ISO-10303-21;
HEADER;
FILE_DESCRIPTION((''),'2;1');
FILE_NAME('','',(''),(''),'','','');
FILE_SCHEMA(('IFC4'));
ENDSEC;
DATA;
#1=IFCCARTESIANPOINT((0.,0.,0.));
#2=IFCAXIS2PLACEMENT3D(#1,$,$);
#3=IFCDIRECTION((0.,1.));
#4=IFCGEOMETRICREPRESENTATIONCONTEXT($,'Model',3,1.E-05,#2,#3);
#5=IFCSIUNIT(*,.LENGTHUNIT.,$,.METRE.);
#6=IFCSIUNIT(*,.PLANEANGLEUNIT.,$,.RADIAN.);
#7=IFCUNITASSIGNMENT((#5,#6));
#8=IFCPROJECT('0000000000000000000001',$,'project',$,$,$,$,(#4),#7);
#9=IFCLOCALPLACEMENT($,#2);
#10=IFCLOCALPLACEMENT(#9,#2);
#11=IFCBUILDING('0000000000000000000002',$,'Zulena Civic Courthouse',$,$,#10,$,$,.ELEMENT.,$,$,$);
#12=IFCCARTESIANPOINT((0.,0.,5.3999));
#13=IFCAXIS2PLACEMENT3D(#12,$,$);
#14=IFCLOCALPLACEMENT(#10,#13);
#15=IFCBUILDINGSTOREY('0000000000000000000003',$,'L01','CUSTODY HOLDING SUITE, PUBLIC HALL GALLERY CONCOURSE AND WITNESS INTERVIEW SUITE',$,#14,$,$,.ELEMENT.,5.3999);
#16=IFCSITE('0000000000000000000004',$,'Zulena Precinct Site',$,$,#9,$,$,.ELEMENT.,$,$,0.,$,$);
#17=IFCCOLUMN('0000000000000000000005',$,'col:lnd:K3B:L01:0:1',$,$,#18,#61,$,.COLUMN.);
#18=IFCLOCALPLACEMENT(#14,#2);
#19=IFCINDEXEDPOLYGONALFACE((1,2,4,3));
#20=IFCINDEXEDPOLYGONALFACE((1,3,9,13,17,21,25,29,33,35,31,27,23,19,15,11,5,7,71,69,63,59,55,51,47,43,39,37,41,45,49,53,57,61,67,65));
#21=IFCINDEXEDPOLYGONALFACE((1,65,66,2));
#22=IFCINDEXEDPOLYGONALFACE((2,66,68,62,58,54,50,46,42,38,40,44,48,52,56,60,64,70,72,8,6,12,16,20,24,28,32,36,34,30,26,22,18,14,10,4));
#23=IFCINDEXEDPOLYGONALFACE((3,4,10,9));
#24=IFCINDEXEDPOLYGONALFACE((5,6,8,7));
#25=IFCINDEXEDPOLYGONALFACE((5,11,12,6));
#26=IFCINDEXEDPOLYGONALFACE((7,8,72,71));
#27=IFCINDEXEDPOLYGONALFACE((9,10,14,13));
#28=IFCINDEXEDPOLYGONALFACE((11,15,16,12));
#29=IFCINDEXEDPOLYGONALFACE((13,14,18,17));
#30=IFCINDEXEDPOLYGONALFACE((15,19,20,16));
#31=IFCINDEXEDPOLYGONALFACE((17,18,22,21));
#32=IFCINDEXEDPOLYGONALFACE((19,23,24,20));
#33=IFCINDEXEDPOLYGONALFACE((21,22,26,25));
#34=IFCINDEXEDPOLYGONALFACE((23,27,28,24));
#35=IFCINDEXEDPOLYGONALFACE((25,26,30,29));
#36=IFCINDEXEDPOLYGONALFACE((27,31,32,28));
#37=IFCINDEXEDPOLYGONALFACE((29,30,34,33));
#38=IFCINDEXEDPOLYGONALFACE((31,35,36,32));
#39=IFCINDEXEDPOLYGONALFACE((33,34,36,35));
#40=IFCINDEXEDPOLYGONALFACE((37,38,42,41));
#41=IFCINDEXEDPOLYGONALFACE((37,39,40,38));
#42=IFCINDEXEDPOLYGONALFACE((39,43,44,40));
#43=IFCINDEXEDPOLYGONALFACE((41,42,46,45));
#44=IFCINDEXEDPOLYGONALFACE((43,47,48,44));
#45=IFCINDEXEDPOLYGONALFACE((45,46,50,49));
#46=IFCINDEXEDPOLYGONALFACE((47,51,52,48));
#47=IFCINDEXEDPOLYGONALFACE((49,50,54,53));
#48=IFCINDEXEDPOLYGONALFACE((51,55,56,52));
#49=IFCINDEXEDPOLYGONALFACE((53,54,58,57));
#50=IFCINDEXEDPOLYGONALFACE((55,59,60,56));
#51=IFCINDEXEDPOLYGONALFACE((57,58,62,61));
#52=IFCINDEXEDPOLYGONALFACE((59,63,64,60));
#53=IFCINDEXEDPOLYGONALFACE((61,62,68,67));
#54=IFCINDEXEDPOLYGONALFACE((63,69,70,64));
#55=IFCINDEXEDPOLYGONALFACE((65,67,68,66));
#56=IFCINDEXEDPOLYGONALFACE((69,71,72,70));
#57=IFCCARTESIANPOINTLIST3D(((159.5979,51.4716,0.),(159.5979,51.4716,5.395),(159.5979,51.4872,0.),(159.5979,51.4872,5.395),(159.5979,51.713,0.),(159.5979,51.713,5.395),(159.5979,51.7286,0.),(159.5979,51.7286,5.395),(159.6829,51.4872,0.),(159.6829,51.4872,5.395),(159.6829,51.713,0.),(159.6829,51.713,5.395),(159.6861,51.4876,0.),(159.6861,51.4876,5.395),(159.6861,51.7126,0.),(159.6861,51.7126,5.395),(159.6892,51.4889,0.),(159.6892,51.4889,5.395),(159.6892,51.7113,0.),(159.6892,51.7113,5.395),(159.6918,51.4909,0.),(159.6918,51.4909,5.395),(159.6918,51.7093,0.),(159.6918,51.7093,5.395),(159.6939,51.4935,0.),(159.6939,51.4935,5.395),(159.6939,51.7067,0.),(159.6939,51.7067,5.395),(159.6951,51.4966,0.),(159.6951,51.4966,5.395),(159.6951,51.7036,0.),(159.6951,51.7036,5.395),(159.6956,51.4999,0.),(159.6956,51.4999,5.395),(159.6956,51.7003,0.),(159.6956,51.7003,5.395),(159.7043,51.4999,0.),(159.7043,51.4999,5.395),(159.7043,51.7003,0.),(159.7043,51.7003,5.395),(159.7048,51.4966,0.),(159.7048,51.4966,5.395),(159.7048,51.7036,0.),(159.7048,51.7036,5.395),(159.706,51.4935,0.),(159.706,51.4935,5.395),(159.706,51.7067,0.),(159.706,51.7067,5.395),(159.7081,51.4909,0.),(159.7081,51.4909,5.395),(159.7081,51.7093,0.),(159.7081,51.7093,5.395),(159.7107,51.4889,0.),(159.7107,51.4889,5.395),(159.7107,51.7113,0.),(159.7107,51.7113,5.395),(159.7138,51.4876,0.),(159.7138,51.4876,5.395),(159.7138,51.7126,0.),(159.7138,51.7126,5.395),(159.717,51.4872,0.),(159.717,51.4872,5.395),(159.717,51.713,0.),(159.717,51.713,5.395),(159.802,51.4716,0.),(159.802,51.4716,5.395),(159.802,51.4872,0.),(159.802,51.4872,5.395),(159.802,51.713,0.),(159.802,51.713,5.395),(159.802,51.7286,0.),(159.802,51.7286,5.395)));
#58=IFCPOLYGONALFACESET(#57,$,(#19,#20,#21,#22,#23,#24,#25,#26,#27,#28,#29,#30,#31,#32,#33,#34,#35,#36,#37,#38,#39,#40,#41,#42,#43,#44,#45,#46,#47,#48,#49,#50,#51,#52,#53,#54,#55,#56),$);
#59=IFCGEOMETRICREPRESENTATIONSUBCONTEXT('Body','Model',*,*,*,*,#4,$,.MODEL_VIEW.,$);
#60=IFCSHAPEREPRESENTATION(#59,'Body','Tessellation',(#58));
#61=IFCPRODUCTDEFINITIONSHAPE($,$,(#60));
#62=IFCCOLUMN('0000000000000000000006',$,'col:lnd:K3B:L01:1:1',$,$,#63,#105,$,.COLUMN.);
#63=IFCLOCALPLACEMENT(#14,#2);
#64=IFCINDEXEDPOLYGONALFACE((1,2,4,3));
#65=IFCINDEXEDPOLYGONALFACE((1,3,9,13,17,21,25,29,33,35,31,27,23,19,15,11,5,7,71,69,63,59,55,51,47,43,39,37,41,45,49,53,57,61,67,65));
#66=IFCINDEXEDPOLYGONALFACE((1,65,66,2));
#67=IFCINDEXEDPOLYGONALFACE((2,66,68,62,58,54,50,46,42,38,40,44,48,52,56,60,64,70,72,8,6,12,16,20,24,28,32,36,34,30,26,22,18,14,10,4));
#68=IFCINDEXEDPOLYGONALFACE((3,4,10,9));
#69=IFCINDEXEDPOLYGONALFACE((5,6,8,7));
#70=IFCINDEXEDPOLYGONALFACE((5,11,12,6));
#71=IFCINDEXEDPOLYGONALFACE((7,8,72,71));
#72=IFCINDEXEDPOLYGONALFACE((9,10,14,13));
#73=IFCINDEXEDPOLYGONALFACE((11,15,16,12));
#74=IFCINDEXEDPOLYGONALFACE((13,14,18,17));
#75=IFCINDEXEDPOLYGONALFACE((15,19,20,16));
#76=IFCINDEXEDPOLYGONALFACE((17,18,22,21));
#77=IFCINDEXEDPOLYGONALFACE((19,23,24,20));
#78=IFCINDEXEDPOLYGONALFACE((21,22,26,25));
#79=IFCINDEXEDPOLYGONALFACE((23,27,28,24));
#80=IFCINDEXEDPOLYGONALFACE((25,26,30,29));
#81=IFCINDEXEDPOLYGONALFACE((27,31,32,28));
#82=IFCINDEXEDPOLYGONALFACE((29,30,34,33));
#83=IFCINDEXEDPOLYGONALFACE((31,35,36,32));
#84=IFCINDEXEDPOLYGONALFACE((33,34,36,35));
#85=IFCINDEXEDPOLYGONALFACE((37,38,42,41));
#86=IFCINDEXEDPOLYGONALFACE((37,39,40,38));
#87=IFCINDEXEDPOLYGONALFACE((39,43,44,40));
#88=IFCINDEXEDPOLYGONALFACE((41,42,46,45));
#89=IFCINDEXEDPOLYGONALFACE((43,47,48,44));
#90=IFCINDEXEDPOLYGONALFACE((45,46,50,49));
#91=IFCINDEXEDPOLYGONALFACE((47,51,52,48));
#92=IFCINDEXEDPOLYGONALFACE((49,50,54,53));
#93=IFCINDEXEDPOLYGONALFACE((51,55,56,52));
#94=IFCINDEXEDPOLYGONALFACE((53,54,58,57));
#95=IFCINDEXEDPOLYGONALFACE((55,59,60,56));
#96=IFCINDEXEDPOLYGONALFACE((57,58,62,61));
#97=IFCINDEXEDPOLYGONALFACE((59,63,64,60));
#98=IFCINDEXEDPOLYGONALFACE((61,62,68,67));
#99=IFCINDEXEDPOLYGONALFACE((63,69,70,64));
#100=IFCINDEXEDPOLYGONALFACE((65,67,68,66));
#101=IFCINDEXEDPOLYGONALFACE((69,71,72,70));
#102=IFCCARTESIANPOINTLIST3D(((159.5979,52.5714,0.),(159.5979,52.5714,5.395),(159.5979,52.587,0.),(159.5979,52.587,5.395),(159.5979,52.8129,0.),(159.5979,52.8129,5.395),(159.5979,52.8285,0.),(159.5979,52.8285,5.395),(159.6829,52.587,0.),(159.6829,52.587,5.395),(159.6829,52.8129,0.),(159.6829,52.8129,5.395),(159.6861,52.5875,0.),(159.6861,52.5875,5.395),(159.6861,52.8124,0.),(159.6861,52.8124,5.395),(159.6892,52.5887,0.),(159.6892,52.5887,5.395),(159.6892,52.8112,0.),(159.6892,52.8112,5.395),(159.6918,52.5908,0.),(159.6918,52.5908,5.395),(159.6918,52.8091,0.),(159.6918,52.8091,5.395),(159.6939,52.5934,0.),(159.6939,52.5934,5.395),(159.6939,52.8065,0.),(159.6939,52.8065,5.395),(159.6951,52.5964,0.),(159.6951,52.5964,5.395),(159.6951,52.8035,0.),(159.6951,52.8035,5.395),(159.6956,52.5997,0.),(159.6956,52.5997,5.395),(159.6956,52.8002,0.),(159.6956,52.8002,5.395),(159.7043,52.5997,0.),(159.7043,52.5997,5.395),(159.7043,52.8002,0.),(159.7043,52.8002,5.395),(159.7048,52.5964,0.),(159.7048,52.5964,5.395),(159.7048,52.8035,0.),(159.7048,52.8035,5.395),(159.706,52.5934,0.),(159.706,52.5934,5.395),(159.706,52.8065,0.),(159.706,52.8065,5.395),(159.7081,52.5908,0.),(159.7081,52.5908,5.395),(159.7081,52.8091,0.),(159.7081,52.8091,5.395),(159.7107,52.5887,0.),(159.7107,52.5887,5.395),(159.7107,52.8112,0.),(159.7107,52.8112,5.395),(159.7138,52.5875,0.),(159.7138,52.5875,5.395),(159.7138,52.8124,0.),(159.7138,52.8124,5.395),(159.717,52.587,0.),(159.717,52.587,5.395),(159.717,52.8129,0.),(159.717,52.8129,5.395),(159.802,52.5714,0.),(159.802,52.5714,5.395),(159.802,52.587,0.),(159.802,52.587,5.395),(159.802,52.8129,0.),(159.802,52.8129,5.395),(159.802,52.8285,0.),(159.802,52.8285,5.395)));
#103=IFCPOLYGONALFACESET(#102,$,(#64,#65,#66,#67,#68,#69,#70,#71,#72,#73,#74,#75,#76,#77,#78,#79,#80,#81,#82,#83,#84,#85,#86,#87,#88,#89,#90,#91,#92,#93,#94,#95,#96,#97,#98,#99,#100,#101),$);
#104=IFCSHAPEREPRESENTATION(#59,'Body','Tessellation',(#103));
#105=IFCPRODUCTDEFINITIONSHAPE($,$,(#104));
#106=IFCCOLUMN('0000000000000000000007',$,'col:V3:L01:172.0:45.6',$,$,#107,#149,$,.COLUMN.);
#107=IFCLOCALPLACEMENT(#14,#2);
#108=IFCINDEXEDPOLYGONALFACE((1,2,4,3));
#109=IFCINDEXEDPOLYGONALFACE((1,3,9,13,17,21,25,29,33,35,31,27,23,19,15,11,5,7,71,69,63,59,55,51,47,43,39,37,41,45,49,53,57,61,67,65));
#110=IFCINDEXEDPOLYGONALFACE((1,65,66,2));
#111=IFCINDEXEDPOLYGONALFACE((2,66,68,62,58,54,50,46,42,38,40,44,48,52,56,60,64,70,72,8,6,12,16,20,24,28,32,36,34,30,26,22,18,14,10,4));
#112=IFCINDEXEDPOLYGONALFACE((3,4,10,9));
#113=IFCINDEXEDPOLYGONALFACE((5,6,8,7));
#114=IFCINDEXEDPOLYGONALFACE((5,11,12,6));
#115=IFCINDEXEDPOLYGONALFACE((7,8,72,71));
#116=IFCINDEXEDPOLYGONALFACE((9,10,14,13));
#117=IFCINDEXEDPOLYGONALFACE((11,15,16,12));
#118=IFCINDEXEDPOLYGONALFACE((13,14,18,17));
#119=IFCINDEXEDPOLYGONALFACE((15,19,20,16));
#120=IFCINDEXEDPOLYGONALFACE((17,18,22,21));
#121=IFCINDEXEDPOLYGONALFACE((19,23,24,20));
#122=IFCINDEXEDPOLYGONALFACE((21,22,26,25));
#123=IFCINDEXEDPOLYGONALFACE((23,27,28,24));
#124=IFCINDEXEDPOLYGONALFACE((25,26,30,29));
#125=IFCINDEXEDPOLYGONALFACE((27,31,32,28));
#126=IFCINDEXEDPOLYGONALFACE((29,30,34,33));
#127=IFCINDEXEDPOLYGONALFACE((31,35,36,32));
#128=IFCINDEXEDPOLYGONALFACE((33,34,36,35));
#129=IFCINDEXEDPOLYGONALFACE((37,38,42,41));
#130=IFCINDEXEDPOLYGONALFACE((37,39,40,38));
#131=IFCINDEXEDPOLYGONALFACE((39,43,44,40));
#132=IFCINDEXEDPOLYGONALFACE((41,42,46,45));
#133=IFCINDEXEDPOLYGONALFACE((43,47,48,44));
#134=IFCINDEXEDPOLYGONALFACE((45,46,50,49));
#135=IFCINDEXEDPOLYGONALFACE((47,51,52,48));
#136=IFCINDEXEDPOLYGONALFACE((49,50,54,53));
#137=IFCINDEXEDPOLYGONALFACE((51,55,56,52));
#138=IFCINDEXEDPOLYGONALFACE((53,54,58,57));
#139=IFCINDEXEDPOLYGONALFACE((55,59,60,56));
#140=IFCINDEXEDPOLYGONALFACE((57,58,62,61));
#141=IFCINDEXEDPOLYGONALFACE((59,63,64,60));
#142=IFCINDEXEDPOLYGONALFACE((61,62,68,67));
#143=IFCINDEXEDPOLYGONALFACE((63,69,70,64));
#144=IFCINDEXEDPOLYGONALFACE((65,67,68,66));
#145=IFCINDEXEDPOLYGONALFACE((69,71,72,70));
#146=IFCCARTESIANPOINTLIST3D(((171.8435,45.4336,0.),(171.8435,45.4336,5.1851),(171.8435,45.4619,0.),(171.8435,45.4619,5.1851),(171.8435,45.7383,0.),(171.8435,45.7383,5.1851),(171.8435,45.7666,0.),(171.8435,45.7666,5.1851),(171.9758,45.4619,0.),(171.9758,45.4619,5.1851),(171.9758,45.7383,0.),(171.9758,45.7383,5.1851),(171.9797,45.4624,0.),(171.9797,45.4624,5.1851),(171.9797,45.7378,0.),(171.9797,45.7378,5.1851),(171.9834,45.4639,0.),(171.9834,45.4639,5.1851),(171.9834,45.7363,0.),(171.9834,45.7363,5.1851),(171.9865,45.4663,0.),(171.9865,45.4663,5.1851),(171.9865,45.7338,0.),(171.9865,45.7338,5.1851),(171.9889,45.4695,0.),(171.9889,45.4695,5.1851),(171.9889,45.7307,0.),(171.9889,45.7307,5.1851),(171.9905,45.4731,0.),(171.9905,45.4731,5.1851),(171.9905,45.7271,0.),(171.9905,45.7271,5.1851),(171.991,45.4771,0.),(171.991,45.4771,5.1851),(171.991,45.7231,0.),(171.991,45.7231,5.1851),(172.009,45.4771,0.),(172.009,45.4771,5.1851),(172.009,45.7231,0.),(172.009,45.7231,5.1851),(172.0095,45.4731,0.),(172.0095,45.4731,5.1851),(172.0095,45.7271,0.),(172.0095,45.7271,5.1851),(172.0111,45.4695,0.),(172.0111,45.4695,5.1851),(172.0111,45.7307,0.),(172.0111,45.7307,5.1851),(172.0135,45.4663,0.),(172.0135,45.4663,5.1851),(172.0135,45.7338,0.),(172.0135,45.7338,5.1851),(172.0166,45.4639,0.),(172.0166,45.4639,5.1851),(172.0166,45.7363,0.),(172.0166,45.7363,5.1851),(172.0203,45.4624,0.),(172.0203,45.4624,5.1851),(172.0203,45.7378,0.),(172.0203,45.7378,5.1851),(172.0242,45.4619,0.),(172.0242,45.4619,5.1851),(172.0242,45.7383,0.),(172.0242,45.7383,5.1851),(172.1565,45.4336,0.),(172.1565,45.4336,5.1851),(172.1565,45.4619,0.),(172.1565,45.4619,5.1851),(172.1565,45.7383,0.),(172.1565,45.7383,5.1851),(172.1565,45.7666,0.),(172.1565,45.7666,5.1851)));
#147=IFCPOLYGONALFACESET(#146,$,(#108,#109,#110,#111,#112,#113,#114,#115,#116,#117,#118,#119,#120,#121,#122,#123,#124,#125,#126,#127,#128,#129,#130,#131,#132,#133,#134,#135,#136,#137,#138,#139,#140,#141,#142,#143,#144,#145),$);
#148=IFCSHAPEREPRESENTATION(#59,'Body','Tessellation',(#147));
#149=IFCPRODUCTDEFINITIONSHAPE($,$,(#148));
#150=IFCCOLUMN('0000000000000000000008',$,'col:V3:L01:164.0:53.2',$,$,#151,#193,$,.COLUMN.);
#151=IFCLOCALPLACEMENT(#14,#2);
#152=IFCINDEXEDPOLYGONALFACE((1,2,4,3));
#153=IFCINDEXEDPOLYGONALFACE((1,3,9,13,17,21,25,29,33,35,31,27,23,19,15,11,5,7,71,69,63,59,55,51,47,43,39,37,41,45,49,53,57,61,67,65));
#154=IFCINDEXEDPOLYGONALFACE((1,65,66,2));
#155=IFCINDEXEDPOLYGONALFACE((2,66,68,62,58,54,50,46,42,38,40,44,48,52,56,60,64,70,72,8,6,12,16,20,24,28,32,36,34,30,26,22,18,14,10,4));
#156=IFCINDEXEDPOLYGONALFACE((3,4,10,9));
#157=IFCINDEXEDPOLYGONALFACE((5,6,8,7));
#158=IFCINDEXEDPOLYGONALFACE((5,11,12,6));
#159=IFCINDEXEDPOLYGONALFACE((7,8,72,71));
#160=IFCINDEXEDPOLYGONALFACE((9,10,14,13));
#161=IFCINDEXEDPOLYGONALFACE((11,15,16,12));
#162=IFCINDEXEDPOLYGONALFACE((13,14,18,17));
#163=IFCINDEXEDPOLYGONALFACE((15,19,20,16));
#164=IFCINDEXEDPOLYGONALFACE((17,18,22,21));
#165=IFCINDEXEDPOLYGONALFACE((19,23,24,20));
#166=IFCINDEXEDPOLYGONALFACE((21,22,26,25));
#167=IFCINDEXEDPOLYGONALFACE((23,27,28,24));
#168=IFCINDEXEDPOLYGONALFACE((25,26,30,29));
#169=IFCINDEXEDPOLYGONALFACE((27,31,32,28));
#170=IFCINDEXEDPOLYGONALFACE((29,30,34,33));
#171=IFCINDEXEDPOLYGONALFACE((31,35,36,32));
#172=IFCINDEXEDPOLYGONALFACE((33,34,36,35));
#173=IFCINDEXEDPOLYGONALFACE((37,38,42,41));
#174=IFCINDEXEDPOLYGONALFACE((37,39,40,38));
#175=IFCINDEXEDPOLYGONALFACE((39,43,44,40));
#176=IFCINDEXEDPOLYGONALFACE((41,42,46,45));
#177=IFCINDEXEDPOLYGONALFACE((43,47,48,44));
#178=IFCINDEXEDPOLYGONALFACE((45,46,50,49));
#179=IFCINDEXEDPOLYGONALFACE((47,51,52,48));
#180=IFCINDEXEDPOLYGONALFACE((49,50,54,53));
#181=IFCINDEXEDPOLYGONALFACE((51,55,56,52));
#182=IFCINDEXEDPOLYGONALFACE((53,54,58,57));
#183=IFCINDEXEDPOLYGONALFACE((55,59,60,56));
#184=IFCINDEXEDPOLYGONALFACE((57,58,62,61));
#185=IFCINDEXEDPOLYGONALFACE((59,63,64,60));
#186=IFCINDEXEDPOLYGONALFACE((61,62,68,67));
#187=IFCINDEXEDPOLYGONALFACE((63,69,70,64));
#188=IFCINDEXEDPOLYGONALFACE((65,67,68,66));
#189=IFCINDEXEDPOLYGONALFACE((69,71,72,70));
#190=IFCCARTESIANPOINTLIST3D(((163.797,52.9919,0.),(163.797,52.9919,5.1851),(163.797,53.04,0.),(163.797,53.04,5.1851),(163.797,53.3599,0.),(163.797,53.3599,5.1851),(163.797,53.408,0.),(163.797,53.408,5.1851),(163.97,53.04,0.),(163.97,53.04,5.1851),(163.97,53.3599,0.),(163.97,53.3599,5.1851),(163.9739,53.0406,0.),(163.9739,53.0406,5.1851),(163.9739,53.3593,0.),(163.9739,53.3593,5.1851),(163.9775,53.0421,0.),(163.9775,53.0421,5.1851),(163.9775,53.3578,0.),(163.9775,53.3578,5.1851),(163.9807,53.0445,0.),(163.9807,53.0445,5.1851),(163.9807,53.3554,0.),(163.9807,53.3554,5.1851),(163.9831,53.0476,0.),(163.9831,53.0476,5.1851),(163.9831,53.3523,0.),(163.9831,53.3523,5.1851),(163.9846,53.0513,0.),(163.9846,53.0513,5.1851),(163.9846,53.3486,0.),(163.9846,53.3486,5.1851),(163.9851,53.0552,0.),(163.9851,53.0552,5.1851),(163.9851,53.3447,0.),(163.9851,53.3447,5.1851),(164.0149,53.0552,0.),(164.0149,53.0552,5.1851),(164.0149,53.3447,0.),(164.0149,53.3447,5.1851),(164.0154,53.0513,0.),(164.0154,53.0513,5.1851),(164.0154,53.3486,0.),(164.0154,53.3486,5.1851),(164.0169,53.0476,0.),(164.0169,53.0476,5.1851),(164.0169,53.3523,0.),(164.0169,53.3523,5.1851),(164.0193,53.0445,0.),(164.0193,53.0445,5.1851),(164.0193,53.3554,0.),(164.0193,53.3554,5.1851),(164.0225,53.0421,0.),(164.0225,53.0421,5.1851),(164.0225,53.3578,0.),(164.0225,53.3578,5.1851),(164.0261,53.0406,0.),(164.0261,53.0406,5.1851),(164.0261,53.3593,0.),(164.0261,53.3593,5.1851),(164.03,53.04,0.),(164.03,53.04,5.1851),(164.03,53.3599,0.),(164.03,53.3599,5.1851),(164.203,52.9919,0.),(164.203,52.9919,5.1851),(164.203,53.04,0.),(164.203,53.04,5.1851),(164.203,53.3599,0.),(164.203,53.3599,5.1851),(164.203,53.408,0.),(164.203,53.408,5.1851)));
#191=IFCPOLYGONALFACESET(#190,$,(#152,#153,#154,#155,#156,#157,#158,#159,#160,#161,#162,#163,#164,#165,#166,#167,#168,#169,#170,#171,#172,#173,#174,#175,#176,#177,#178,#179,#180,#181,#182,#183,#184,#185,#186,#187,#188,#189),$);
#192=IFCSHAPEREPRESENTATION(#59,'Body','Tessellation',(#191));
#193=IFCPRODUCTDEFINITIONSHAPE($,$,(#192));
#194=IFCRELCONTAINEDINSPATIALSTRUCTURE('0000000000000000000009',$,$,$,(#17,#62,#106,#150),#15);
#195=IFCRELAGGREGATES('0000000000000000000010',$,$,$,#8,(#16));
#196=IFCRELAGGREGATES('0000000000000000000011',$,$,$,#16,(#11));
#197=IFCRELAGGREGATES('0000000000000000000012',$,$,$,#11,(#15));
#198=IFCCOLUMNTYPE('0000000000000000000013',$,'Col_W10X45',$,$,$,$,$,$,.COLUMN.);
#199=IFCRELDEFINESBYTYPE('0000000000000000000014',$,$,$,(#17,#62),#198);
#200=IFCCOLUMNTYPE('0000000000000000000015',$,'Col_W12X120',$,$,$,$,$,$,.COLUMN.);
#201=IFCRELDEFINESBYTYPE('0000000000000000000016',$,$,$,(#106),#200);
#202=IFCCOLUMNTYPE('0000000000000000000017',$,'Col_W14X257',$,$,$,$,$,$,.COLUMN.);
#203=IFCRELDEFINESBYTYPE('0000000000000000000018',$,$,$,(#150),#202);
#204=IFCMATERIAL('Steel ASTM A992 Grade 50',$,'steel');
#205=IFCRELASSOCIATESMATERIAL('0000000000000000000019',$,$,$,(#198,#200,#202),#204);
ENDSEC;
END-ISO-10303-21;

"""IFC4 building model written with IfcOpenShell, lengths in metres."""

from ifc_helpers import new_model, si_unit, direction, frame, origin, origin_2d, place, context, subcontext, project, spatial, i_section, extrude, material, material_profile, profile_set, type_object, element, save


model = new_model("IFC4")

# Units and contexts
model_context = context("Model", 3, precision=1e-05, world=origin(), true_north=direction((0.0, 1.0)))
body_context = subcontext(model_context, "Body", "Model", "MODEL_VIEW")
ifc_project = project(units=[si_unit("LENGTHUNIT", "METRE"), si_unit("PLANEANGLEUNIT", "RADIAN")], contexts=[model_context])

# Site, building, storey
site_placement = place(None, origin())
site = spatial("IfcSite", under=ifc_project, at=site_placement, Name="Zulena Precinct Site", CompositionType="ELEMENT", RefElevation=0.0)
building_placement = place(site_placement, origin())
building = spatial("IfcBuilding", under=site, at=building_placement, Name="Zulena Civic Courthouse", CompositionType="ELEMENT")
storey_placement = place(building_placement, frame((0.0, 0.0, 5.3999)))
storey = spatial("IfcBuildingStorey", under=building, at=storey_placement, Name="L01", Description="CUSTODY HOLDING SUITE, PUBLIC HALL GALLERY CONCOURSE AND WITNESS INTERVIEW SUITE", CompositionType="ELEMENT", Elevation=5.3999)

# Columns
ifc_material_1 = material(Name="Steel ASTM A992 Grade 50", Category="steel")
ifc_material_profile_1 = material_profile(ifc_material_1, i_section(OverallWidth=0.2041, OverallDepth=0.2571, WebThickness=0.0088, FlangeThickness=0.0156, FilletRadius=0.0127, at=origin_2d()), Name="W10X45")
ifc_profile_set_1 = profile_set([ifc_material_profile_1], Name="Steel ASTM A992 Grade 50")
column_type_1 = type_object("IfcColumnType", Name="Col_W10X45", PredefinedType="COLUMN", material=ifc_profile_set_1)
for number, where, z_axis, x_axis, name in (
    (1, (159.7, 51.6001, 0.0), (0.0, 0.0, 1.0), (1.0, 0.0, 0.0), "col:lnd:K3B:L01:0:1"),
    (2, (159.7, 52.7, 0.0), (0.0, 0.0, 1.0), (1.0, 0.0, 0.0), "col:lnd:K3B:L01:1:1"),
):
    element("IfcColumn", number, at=place(storey_placement, frame(where, z_axis=z_axis, x_axis=x_axis)), inside=storey, type_object=column_type_1, Name=name, PredefinedType="COLUMN", context=body_context, shape_type="SweptSolid", body=[
        extrude(i_section(OverallWidth=0.2041, OverallDepth=0.2571, WebThickness=0.0088, FlangeThickness=0.0156, FilletRadius=0.0127, at=origin_2d()), origin(), (0.0, 0.0, 1.0), 5.395),
    ])
ifc_material_profile_2 = material_profile(ifc_material_1, i_section(OverallWidth=0.313, OverallDepth=0.333, WebThickness=0.0181, FlangeThickness=0.0283, FilletRadius=0.0151, at=origin_2d()), Name="W12X120")
ifc_profile_set_2 = profile_set([ifc_material_profile_2], Name="Steel ASTM A992 Grade 50")
column_type_2 = type_object("IfcColumnType", Name="Col_W12X120", PredefinedType="COLUMN", material=ifc_profile_set_2)
column_placement = place(storey_placement, frame((172.0, 45.6001, 0.0), z_axis=(0.0, 0.0, 1.0), x_axis=(1.0, 0.0, 0.0)))
element("IfcColumn", 3, at=column_placement, inside=storey, type_object=column_type_2, Name="col:V3:L01:172.0:45.6", PredefinedType="COLUMN", context=body_context, shape_type="SweptSolid", body=[
    extrude(i_section(OverallWidth=0.313, OverallDepth=0.333, WebThickness=0.0181, FlangeThickness=0.0283, FilletRadius=0.0151, at=origin_2d()), origin(), (0.0, 0.0, 1.0), 5.1851),
])
ifc_material_profile_3 = material_profile(ifc_material_1, i_section(OverallWidth=0.406, OverallDepth=0.416, WebThickness=0.0298, FlangeThickness=0.0481, FilletRadius=0.0151, at=origin_2d()), Name="W14X257")
ifc_profile_set_3 = profile_set([ifc_material_profile_3], Name="Steel ASTM A992 Grade 50")
column_type_3 = type_object("IfcColumnType", Name="Col_W14X257", PredefinedType="COLUMN", material=ifc_profile_set_3)
for number, where, z_axis, x_axis, name in (
    (4, (164.0, 53.2, 0.0), (0.0, 0.0, 1.0), (1.0, 0.0, 0.0), "col:V3:L01:164.0:53.2"),
):
    element("IfcColumn", number, at=place(storey_placement, frame(where, z_axis=z_axis, x_axis=x_axis)), inside=storey, type_object=column_type_3, Name=name, PredefinedType="COLUMN", context=body_context, shape_type="SweptSolid", body=[
        extrude(i_section(OverallWidth=0.406, OverallDepth=0.416, WebThickness=0.0298, FlangeThickness=0.0481, FilletRadius=0.0151, at=origin_2d()), origin(), (0.0, 0.0, 1.0), 5.1851),
    ])

save(model, "model.ifc")
